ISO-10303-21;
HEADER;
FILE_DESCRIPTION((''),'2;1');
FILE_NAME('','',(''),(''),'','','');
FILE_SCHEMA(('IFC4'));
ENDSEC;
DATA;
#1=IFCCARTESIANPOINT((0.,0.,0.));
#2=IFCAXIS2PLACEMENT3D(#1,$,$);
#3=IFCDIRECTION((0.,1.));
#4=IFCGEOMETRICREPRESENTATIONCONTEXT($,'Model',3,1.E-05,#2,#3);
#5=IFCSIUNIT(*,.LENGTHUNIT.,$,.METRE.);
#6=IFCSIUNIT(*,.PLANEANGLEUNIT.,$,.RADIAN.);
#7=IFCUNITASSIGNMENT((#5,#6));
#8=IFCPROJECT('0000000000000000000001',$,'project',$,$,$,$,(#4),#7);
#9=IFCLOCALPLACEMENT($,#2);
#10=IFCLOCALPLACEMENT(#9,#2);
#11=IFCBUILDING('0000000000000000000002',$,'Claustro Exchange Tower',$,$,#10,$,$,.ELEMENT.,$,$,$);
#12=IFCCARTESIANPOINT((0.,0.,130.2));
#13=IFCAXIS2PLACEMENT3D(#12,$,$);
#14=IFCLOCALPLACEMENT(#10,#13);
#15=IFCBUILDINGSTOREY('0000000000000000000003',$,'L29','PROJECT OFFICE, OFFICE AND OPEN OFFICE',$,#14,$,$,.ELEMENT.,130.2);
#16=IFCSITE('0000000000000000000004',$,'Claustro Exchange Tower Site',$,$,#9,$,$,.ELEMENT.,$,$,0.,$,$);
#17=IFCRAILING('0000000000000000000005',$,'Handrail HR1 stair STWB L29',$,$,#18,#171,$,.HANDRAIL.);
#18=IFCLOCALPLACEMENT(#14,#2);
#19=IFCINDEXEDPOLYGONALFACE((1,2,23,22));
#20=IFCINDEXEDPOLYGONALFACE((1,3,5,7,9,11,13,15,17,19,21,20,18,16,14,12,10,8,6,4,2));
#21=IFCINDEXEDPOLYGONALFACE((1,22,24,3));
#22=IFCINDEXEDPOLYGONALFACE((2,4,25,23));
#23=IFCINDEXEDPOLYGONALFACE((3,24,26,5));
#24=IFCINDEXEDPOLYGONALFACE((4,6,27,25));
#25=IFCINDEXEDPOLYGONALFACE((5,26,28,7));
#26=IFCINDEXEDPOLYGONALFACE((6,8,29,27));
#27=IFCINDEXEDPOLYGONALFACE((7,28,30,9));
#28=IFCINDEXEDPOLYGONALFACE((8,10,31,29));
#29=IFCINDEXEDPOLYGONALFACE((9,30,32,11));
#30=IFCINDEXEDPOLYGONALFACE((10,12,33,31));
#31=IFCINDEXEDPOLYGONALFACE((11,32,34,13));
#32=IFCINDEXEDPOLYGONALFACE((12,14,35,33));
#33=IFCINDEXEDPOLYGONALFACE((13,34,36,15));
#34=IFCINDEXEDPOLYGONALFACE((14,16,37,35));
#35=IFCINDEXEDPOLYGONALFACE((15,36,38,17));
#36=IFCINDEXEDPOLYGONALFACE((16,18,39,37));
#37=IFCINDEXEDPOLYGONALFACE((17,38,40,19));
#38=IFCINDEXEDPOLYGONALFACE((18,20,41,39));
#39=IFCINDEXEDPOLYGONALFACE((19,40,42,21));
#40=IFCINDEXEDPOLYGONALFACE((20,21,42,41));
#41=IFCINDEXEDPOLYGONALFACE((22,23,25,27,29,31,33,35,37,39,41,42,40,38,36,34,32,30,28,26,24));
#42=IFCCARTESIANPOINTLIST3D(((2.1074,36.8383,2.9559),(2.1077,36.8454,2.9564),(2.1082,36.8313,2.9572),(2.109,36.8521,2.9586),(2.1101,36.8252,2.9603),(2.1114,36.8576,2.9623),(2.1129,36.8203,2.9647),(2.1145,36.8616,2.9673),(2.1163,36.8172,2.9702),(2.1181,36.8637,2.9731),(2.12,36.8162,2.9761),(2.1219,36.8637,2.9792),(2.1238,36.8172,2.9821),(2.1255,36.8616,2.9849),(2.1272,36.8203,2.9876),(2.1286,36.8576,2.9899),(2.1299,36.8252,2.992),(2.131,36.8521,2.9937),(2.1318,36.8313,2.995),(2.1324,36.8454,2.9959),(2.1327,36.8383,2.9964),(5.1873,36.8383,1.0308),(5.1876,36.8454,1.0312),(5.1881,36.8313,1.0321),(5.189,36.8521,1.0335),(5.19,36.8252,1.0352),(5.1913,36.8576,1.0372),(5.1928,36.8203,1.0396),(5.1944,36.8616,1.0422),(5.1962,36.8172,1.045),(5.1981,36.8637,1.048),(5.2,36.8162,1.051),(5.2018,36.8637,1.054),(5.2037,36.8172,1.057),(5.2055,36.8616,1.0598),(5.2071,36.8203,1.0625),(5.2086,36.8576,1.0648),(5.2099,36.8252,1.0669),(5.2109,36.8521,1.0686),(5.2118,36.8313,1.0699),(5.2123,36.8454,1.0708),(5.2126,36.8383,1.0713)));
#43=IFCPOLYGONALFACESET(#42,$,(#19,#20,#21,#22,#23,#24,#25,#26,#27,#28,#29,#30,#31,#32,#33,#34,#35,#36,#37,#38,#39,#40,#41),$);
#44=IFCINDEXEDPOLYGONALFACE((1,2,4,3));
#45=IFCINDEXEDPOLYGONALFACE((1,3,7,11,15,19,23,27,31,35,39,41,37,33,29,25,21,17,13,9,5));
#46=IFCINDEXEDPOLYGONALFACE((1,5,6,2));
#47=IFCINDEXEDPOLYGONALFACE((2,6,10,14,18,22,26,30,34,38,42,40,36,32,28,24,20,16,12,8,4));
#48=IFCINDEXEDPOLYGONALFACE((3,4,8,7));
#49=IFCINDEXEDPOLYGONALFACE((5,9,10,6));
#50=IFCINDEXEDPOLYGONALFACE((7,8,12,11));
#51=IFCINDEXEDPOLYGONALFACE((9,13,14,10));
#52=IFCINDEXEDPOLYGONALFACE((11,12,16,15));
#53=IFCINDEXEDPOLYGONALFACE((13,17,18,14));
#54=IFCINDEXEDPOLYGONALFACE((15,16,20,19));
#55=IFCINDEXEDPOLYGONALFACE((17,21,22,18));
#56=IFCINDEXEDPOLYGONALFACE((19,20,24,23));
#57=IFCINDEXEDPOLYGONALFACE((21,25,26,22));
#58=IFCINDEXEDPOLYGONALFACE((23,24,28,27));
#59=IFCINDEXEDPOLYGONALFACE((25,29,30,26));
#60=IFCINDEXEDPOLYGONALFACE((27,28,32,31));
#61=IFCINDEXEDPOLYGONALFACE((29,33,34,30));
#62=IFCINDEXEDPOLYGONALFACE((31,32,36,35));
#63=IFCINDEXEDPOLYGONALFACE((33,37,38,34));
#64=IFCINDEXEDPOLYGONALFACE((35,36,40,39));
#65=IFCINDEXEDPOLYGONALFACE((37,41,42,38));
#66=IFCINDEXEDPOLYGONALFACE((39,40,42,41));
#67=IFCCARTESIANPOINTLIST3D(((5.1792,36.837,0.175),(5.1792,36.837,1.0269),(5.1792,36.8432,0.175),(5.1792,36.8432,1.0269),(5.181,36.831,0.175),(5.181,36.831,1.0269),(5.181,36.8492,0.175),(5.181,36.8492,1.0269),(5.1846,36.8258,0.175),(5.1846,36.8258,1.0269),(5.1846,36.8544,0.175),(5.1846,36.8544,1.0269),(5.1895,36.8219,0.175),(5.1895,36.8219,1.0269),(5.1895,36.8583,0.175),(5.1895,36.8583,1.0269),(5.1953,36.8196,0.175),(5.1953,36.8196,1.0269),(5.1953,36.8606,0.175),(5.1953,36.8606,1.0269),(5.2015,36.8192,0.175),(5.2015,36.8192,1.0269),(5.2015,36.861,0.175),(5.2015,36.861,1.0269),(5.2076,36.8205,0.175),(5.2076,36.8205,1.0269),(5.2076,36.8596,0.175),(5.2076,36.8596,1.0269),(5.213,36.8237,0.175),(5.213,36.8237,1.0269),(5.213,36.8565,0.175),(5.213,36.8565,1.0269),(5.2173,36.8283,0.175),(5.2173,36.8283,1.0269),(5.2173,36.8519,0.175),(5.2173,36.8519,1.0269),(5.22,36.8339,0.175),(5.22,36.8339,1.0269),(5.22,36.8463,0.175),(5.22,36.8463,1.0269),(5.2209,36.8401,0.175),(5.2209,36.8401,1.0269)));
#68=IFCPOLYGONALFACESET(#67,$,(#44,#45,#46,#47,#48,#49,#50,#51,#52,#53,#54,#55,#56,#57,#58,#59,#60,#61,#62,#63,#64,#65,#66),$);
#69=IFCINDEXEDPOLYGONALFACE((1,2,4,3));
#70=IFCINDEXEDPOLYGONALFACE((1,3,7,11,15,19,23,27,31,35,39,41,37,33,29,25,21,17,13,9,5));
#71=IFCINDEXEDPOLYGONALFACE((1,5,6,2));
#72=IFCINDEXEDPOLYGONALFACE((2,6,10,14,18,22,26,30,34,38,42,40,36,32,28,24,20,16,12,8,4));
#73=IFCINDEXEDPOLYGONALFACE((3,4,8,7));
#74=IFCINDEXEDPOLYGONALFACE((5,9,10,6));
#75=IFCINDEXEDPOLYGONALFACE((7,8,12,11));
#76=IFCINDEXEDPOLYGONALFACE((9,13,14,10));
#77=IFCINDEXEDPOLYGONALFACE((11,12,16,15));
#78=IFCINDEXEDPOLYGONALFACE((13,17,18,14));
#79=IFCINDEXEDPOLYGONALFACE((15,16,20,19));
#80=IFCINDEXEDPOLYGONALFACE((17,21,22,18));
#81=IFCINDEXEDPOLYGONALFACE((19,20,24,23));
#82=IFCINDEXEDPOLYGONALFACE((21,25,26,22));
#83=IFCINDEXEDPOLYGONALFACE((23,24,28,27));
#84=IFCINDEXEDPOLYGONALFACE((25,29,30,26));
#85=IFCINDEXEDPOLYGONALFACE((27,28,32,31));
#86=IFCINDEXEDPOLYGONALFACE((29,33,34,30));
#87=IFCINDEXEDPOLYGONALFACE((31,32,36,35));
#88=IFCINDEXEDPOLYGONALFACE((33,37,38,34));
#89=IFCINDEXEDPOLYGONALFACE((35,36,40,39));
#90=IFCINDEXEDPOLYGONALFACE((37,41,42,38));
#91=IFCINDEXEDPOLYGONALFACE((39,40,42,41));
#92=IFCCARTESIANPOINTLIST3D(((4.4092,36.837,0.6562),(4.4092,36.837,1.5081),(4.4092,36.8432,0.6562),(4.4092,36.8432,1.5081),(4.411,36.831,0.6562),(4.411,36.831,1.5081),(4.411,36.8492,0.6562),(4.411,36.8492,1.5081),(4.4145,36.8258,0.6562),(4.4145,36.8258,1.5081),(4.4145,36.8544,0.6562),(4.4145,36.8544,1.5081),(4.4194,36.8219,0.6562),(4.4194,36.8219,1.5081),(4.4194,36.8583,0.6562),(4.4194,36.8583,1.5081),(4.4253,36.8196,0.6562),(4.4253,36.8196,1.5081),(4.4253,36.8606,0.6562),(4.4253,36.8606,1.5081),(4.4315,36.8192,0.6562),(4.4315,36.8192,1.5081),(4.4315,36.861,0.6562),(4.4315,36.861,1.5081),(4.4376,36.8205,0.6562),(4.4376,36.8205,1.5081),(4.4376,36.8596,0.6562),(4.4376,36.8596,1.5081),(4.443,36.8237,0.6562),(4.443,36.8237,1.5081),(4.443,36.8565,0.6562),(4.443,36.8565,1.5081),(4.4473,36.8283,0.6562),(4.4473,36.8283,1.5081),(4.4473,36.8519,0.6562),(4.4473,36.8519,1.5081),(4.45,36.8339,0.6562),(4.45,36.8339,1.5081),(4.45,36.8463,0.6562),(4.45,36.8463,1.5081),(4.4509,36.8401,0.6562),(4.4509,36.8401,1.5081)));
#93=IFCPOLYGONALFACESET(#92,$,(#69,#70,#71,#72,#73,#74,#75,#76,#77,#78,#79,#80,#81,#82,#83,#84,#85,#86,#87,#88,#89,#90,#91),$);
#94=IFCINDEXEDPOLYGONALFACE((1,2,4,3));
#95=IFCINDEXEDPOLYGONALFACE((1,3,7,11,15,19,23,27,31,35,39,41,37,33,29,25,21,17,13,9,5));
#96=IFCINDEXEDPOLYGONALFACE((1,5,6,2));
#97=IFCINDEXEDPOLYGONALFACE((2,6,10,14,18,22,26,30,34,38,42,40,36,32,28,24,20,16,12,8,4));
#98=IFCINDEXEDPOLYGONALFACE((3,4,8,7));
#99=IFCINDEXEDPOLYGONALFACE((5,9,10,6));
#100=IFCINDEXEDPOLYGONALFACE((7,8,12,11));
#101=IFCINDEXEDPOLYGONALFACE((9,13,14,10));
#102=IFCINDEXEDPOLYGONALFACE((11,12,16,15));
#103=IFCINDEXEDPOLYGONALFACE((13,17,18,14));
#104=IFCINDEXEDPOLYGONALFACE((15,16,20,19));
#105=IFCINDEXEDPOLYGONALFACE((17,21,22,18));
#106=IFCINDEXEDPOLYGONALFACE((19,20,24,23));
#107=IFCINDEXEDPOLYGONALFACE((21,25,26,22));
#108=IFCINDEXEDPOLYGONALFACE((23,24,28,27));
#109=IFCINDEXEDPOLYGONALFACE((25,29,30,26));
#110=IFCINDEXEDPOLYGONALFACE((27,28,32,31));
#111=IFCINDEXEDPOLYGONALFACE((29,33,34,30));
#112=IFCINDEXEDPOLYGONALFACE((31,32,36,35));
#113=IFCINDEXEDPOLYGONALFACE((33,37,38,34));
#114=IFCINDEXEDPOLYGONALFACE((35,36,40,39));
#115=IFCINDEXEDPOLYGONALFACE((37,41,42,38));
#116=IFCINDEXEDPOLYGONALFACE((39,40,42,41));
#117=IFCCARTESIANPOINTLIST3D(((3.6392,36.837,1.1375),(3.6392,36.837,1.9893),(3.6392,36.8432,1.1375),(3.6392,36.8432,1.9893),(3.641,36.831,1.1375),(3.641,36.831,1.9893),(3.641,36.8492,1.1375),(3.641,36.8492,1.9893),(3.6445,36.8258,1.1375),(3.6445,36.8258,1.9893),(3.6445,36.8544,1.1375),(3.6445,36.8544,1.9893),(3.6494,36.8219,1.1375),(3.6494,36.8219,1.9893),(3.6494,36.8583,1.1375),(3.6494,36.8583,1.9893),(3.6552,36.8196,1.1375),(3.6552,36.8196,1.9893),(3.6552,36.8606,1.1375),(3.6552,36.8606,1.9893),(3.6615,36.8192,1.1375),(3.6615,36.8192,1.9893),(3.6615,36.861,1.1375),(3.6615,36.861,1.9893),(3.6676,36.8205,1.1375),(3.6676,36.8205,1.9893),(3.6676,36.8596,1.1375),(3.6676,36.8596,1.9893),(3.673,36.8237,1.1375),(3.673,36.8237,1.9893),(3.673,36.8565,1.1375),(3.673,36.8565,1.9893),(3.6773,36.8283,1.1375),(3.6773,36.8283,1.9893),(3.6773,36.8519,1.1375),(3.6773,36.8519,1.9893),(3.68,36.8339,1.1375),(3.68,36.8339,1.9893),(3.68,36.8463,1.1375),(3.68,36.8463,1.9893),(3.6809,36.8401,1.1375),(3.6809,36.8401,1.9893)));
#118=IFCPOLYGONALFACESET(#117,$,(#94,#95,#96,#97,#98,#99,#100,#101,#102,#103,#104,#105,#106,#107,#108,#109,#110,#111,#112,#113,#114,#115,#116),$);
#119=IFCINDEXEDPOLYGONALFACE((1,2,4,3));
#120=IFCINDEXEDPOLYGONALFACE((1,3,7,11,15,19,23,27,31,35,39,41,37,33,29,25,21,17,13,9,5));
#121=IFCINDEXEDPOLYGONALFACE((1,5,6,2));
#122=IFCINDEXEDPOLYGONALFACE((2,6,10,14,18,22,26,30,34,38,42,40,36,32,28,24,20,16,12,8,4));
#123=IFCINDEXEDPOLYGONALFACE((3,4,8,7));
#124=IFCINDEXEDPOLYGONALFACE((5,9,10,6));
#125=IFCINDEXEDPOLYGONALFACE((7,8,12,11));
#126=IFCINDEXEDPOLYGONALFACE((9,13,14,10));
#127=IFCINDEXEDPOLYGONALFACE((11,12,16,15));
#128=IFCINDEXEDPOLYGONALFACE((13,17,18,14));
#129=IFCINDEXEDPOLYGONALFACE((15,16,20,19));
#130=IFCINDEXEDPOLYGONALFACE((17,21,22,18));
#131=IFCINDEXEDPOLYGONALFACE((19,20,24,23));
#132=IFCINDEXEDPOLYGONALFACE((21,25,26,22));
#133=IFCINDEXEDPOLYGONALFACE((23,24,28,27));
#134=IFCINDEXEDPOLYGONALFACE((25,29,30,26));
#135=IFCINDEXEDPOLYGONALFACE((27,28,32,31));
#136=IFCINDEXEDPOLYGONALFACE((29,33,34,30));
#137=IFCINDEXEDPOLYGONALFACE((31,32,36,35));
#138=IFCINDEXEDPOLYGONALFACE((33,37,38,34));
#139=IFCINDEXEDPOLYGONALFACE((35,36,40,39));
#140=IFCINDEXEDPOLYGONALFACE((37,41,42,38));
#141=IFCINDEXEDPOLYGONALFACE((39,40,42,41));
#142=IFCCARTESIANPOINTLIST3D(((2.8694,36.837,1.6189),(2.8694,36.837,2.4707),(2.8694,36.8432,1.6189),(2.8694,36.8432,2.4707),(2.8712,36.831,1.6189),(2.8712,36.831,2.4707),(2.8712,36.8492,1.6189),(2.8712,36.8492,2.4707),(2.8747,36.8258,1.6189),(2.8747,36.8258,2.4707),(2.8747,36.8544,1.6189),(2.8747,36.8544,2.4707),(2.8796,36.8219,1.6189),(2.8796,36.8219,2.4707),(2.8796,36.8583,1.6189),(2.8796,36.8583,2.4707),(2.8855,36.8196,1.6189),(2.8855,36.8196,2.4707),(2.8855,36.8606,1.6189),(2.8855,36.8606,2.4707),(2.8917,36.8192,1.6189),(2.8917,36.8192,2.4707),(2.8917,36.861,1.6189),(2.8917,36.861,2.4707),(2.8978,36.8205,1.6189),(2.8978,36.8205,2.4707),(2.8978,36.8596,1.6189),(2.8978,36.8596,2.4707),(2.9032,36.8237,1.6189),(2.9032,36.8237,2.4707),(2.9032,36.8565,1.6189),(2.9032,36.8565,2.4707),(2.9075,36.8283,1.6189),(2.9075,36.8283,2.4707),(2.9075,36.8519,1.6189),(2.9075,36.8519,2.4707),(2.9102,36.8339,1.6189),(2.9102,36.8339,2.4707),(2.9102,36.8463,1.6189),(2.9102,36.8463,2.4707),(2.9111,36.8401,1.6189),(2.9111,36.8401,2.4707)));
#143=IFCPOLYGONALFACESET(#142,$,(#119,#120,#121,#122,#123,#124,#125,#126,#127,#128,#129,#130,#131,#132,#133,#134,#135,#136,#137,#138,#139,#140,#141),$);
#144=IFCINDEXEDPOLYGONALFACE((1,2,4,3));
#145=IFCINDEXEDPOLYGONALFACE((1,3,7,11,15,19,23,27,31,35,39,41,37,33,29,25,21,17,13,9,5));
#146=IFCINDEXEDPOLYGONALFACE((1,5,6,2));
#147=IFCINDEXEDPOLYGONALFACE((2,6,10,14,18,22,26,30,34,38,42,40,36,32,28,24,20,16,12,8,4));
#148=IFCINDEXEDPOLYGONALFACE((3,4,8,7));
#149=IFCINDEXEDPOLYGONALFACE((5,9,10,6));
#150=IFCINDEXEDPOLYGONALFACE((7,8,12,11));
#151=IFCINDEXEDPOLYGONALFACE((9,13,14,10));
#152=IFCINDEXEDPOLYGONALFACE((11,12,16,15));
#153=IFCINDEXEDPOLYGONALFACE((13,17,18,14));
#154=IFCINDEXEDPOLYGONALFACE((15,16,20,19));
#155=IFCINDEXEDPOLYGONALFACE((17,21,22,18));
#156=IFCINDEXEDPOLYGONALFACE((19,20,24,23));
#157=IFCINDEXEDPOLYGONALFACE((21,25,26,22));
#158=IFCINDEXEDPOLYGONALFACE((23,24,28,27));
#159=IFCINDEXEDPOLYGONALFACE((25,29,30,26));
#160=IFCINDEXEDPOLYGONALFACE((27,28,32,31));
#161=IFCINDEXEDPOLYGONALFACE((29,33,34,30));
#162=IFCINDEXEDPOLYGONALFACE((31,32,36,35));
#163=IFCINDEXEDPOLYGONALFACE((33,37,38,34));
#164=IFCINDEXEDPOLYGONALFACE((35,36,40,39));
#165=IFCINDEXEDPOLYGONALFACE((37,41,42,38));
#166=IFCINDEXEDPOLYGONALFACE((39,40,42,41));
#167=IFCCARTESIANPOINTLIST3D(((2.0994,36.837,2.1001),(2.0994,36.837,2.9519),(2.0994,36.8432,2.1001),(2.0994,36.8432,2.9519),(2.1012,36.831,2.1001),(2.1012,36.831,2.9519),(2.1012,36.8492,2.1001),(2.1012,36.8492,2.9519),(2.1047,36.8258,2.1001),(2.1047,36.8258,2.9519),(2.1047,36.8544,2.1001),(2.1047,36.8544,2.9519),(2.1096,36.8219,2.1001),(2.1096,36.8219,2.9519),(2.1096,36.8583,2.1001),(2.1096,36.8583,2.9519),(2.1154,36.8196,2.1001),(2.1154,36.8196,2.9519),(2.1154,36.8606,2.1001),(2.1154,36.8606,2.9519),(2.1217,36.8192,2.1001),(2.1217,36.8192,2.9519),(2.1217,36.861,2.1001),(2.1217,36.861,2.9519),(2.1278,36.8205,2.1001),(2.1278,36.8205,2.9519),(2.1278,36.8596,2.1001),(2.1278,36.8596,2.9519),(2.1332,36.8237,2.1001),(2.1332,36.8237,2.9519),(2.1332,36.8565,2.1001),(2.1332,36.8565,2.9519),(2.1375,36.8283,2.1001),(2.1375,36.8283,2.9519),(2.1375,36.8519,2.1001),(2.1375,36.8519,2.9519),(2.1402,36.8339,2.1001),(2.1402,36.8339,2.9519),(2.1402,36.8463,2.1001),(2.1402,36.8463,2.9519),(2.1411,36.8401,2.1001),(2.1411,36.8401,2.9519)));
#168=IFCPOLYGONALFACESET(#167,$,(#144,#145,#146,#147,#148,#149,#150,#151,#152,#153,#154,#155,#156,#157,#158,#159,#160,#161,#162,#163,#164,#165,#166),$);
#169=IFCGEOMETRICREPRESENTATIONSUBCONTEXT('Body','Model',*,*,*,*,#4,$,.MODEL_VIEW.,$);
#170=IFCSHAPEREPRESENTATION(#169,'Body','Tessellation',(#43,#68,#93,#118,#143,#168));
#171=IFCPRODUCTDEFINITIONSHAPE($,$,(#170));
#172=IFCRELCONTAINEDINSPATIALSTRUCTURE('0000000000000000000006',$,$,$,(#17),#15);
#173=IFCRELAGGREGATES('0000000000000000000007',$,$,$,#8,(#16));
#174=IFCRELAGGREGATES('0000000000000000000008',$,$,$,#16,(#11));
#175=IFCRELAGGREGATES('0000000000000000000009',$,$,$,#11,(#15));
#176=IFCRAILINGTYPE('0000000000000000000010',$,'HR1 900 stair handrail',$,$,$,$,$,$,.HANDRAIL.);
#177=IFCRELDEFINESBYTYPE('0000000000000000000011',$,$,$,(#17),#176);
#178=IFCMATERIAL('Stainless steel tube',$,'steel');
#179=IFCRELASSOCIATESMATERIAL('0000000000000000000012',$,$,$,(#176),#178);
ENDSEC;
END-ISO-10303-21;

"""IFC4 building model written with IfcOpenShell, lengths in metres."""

from ifc_helpers import new_model, si_unit, direction, frame, origin, origin_2d, place, context, subcontext, project, spatial, circle, extrude, material, type_object, element, save


model = new_model("IFC4")

# Units and contexts
model_context = context("Model", 3, precision=1e-05, world=origin(), true_north=direction((0.0, 1.0)))
body_context = subcontext(model_context, "Body", "Model", "MODEL_VIEW")
ifc_project = project(units=[si_unit("LENGTHUNIT", "METRE"), si_unit("PLANEANGLEUNIT", "RADIAN")], contexts=[model_context])

# Site, building, storey
site_placement = place(None, origin())
site = spatial("IfcSite", under=ifc_project, at=site_placement, Name="Claustro Exchange Tower Site", CompositionType="ELEMENT", RefElevation=0.0)
building_placement = place(site_placement, origin())
building = spatial("IfcBuilding", under=site, at=building_placement, Name="Claustro Exchange Tower", CompositionType="ELEMENT")
storey_placement = place(building_placement, frame((0.0, 0.0, 130.2)))
storey = spatial("IfcBuildingStorey", under=building, at=storey_placement, Name="L29", Description="PROJECT OFFICE, OFFICE AND OPEN OFFICE", CompositionType="ELEMENT", Elevation=130.2)

# Railing
ifc_material_1 = material(Name="Stainless steel tube", Category="steel")
railing_type_1 = type_object("IfcRailingType", Name="HR1 900 stair handrail", PredefinedType="HANDRAIL", material=ifc_material_1)
railing_1_placement = place(storey_placement, frame((5.2, 36.8401, 0.175)))
element("IfcRailing", 1, at=railing_1_placement, inside=storey, type_object=railing_type_1, Name="Handrail HR1 stair STWB L29", PredefinedType="HANDRAIL", context=body_context, shape_type="SweptSolid", body=[
    extrude(circle(Radius=0.0239, at=origin_2d()), frame((0.0, 0.0, 0.876), z_axis=(-0.847979, 0.0, 0.530029), x_axis=(0.0, -1.0, 0.0)), (0.0, 0.0, 1.0), 3.6321),
    extrude(circle(Radius=0.021, at=origin_2d()), origin(), (0.0, 0.0, 1.0), 0.8518),
    extrude(circle(Radius=0.021, at=origin_2d()), frame((-0.77, 0.0, 0.4812)), (0.0, 0.0, 1.0), 0.8518),
    extrude(circle(Radius=0.021, at=origin_2d()), frame((-1.54, 0.0, 0.9624)), (0.0, 0.0, 1.0), 0.8518),
    extrude(circle(Radius=0.021, at=origin_2d()), frame((-2.3098, 0.0, 1.4438)), (0.0, 0.0, 1.0), 0.8518),
    extrude(circle(Radius=0.021, at=origin_2d()), frame((-3.0798, 0.0, 1.925)), (0.0, 0.0, 1.0), 0.8518),
])

save(model, "model.ifc")
